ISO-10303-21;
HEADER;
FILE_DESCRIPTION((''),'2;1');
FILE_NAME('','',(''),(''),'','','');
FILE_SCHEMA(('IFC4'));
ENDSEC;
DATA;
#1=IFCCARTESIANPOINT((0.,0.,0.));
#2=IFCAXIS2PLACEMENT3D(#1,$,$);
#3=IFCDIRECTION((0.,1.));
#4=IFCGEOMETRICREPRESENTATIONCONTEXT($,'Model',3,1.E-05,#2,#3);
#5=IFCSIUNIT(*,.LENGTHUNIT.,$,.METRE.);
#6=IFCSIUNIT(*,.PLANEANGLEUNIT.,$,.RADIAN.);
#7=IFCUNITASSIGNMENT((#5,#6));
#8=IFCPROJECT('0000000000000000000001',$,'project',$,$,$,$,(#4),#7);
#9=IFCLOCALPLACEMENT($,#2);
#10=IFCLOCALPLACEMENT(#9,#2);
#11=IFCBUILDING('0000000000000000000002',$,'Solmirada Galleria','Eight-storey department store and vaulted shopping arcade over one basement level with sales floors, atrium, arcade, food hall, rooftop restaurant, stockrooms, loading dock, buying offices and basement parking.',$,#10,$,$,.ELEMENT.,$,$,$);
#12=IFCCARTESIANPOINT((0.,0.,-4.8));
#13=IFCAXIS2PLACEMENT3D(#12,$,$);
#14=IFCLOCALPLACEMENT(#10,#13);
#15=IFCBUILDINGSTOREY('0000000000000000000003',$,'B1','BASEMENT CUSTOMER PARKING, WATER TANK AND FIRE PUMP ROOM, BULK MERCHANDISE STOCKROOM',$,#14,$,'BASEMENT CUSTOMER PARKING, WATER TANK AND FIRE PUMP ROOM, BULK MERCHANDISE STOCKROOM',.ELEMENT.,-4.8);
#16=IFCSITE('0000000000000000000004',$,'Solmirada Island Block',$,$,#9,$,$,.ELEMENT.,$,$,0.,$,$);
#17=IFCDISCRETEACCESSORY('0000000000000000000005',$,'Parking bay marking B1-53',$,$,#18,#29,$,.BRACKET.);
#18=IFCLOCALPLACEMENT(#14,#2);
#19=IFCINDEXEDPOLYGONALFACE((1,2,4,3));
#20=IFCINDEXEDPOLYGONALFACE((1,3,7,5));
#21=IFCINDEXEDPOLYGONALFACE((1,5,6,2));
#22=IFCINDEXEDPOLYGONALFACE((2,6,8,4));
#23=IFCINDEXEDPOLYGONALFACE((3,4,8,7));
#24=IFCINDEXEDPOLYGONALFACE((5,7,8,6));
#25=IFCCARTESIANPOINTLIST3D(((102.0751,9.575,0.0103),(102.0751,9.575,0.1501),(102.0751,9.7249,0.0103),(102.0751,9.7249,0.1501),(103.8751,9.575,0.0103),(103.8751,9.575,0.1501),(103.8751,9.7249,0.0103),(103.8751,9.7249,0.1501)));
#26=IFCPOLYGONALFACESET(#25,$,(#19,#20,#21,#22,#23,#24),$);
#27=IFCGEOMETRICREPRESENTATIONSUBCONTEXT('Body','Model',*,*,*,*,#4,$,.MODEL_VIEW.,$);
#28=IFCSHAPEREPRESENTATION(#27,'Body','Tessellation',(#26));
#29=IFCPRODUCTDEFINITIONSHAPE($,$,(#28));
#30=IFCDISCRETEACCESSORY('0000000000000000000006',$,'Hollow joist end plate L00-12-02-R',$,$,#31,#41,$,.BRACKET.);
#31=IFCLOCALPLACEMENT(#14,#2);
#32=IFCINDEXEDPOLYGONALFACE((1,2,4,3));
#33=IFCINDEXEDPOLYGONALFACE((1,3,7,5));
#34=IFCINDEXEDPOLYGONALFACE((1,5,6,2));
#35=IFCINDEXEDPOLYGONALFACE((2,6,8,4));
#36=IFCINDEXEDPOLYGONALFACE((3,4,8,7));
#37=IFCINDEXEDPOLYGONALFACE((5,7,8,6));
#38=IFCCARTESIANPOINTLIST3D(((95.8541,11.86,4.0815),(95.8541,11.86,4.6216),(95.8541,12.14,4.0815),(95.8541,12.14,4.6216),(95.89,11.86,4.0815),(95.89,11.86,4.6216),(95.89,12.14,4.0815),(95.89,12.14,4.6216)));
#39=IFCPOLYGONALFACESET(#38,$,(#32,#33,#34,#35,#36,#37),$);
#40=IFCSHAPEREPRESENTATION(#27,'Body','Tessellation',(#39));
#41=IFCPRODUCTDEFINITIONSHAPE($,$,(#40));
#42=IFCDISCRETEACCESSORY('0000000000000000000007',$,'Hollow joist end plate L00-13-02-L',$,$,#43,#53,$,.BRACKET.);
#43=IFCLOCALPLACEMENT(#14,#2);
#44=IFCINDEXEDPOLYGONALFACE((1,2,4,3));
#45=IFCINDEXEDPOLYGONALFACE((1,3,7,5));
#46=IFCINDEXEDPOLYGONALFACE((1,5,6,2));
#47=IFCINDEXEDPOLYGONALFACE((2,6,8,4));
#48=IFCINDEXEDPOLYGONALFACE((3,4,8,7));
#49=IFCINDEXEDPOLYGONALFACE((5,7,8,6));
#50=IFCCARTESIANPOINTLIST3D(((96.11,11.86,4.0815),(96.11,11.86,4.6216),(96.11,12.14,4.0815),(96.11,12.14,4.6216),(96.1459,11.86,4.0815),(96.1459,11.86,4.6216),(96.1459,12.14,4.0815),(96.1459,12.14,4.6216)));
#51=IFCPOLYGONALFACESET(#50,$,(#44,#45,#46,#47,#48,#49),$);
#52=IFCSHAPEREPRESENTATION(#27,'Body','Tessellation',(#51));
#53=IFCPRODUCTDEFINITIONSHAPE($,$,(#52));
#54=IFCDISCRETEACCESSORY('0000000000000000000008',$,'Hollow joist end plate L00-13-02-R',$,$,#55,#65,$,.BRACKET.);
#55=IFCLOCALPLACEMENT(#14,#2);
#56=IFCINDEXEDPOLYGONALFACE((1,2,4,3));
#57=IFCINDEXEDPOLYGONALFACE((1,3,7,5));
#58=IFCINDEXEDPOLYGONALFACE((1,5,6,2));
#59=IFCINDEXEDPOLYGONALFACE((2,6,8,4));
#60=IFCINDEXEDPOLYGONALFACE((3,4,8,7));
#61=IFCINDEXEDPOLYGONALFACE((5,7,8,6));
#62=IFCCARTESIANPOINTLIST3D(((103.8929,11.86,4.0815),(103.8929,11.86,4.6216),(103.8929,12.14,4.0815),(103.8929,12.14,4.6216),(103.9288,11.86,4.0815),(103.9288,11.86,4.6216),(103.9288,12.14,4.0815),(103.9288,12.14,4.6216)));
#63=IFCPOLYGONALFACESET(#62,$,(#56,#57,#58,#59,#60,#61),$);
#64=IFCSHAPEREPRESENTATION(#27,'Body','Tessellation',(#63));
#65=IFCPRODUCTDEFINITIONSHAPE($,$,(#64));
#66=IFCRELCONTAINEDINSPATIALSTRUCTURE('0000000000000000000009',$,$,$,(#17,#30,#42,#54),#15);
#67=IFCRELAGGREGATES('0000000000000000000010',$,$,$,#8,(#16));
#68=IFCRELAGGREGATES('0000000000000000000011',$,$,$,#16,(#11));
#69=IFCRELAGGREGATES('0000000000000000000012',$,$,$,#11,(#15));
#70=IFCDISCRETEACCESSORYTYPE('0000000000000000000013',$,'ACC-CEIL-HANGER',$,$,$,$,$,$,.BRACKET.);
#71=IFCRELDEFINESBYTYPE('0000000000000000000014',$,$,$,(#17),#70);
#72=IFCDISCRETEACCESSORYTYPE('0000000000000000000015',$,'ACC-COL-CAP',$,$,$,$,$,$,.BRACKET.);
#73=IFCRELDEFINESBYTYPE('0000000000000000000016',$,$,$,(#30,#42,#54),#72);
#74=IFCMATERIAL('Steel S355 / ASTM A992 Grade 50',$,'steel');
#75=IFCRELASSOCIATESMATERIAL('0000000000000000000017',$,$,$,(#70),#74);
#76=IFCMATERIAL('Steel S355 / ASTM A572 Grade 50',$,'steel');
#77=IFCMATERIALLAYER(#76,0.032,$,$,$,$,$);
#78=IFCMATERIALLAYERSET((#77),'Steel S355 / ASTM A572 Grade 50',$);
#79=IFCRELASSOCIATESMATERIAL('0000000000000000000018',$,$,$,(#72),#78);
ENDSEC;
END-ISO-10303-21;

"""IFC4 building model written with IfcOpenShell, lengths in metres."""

from ifc_helpers import new_model, si_unit, direction, frame, origin, origin_2d, place, context, subcontext, project, spatial, rectangle, extrude, material, layer, layer_set, type_object, element, save


model = new_model("IFC4")

# Units and contexts
model_context = context("Model", 3, precision=1e-05, world=origin(), true_north=direction((0.0, 1.0)))
body_context = subcontext(model_context, "Body", "Model", "MODEL_VIEW")
ifc_project = project(units=[si_unit("LENGTHUNIT", "METRE"), si_unit("PLANEANGLEUNIT", "RADIAN")], contexts=[model_context])

# Site, building, storey
site_placement = place(None, origin())
site = spatial("IfcSite", under=ifc_project, at=site_placement, Name="Solmirada Island Block", CompositionType="ELEMENT", RefElevation=0.0)
building_placement = place(site_placement, origin())
building = spatial("IfcBuilding", under=site, at=building_placement, Name="Solmirada Galleria", Description="Eight-storey department store and vaulted shopping arcade over one basement level with sales floors, atrium, arcade, food hall, rooftop restaurant, stockrooms, loading dock, buying offices and basement parking.", CompositionType="ELEMENT")
storey_placement = place(building_placement, frame((0.0, 0.0, -4.8)))
storey = spatial("IfcBuildingStorey", under=building, at=storey_placement, Name="B1", Description="BASEMENT CUSTOMER PARKING, WATER TANK AND FIRE PUMP ROOM, BULK MERCHANDISE STOCKROOM", LongName="BASEMENT CUSTOMER PARKING, WATER TANK AND FIRE PUMP ROOM, BULK MERCHANDISE STOCKROOM", CompositionType="ELEMENT", Elevation=-4.8)

# Shared definitions
ifc_material_1 = material(Name="Steel S355 / ASTM A992 Grade 50", Category="steel")

# Discrete accessories
discrete_accessory_type_1 = type_object("IfcDiscreteAccessoryType", Name="ACC-CEIL-HANGER", PredefinedType="BRACKET", material=ifc_material_1)
for number, where, z_axis, x_axis, name in (
    (1, (102.9751, 9.6499, 0.0103), (0.0, 0.0, 1.0), (1.0, 0.0, 0.0), "Parking bay marking B1-53"),
):
    element("IfcDiscreteAccessory", number, at=place(storey_placement, frame(where, z_axis=z_axis, x_axis=x_axis)), inside=storey, type_object=discrete_accessory_type_1, Name=name, PredefinedType="BRACKET", context=body_context, shape_type="SweptSolid", body=[
        extrude(rectangle(XDim=1.8, YDim=0.1499, at=origin_2d()), origin(), (0.0, 0.0, 1.0), 0.1399),
    ])
ifc_material_2 = material(Name="Steel S355 / ASTM A572 Grade 50", Category="steel")
ifc_layer_1 = layer(ifc_material_2, 0.032)
ifc_layer_set_1 = layer_set([ifc_layer_1], Name="Steel S355 / ASTM A572 Grade 50")
discrete_accessory_type_2 = type_object("IfcDiscreteAccessoryType", Name="ACC-COL-CAP", PredefinedType="BRACKET", material=ifc_layer_set_1)
for number, where, z_axis, x_axis, name in (
    (2, (95.8721, 12.0, 4.0815), (0.0, 0.0, 1.0), (1.0, 0.0, 0.0), "Hollow joist end plate L00-12-02-R"),
    (3, (96.1279, 12.0, 4.0815), (0.0, 0.0, 1.0), (1.0, 0.0, 0.0), "Hollow joist end plate L00-13-02-L"),
    (4, (103.9109, 12.0, 4.0815), (0.0, 0.0, 1.0), (1.0, 0.0, 0.0), "Hollow joist end plate L00-13-02-R"),
):
    element("IfcDiscreteAccessory", number, at=place(storey_placement, frame(where, z_axis=z_axis, x_axis=x_axis)), inside=storey, type_object=discrete_accessory_type_2, Name=name, PredefinedType="BRACKET", context=body_context, shape_type="SweptSolid", body=[
        extrude(rectangle(XDim=0.0359, YDim=0.28, at=origin_2d()), origin(), (0.0, 0.0, 1.0), 0.54),
    ])

save(model, "model.ifc")
